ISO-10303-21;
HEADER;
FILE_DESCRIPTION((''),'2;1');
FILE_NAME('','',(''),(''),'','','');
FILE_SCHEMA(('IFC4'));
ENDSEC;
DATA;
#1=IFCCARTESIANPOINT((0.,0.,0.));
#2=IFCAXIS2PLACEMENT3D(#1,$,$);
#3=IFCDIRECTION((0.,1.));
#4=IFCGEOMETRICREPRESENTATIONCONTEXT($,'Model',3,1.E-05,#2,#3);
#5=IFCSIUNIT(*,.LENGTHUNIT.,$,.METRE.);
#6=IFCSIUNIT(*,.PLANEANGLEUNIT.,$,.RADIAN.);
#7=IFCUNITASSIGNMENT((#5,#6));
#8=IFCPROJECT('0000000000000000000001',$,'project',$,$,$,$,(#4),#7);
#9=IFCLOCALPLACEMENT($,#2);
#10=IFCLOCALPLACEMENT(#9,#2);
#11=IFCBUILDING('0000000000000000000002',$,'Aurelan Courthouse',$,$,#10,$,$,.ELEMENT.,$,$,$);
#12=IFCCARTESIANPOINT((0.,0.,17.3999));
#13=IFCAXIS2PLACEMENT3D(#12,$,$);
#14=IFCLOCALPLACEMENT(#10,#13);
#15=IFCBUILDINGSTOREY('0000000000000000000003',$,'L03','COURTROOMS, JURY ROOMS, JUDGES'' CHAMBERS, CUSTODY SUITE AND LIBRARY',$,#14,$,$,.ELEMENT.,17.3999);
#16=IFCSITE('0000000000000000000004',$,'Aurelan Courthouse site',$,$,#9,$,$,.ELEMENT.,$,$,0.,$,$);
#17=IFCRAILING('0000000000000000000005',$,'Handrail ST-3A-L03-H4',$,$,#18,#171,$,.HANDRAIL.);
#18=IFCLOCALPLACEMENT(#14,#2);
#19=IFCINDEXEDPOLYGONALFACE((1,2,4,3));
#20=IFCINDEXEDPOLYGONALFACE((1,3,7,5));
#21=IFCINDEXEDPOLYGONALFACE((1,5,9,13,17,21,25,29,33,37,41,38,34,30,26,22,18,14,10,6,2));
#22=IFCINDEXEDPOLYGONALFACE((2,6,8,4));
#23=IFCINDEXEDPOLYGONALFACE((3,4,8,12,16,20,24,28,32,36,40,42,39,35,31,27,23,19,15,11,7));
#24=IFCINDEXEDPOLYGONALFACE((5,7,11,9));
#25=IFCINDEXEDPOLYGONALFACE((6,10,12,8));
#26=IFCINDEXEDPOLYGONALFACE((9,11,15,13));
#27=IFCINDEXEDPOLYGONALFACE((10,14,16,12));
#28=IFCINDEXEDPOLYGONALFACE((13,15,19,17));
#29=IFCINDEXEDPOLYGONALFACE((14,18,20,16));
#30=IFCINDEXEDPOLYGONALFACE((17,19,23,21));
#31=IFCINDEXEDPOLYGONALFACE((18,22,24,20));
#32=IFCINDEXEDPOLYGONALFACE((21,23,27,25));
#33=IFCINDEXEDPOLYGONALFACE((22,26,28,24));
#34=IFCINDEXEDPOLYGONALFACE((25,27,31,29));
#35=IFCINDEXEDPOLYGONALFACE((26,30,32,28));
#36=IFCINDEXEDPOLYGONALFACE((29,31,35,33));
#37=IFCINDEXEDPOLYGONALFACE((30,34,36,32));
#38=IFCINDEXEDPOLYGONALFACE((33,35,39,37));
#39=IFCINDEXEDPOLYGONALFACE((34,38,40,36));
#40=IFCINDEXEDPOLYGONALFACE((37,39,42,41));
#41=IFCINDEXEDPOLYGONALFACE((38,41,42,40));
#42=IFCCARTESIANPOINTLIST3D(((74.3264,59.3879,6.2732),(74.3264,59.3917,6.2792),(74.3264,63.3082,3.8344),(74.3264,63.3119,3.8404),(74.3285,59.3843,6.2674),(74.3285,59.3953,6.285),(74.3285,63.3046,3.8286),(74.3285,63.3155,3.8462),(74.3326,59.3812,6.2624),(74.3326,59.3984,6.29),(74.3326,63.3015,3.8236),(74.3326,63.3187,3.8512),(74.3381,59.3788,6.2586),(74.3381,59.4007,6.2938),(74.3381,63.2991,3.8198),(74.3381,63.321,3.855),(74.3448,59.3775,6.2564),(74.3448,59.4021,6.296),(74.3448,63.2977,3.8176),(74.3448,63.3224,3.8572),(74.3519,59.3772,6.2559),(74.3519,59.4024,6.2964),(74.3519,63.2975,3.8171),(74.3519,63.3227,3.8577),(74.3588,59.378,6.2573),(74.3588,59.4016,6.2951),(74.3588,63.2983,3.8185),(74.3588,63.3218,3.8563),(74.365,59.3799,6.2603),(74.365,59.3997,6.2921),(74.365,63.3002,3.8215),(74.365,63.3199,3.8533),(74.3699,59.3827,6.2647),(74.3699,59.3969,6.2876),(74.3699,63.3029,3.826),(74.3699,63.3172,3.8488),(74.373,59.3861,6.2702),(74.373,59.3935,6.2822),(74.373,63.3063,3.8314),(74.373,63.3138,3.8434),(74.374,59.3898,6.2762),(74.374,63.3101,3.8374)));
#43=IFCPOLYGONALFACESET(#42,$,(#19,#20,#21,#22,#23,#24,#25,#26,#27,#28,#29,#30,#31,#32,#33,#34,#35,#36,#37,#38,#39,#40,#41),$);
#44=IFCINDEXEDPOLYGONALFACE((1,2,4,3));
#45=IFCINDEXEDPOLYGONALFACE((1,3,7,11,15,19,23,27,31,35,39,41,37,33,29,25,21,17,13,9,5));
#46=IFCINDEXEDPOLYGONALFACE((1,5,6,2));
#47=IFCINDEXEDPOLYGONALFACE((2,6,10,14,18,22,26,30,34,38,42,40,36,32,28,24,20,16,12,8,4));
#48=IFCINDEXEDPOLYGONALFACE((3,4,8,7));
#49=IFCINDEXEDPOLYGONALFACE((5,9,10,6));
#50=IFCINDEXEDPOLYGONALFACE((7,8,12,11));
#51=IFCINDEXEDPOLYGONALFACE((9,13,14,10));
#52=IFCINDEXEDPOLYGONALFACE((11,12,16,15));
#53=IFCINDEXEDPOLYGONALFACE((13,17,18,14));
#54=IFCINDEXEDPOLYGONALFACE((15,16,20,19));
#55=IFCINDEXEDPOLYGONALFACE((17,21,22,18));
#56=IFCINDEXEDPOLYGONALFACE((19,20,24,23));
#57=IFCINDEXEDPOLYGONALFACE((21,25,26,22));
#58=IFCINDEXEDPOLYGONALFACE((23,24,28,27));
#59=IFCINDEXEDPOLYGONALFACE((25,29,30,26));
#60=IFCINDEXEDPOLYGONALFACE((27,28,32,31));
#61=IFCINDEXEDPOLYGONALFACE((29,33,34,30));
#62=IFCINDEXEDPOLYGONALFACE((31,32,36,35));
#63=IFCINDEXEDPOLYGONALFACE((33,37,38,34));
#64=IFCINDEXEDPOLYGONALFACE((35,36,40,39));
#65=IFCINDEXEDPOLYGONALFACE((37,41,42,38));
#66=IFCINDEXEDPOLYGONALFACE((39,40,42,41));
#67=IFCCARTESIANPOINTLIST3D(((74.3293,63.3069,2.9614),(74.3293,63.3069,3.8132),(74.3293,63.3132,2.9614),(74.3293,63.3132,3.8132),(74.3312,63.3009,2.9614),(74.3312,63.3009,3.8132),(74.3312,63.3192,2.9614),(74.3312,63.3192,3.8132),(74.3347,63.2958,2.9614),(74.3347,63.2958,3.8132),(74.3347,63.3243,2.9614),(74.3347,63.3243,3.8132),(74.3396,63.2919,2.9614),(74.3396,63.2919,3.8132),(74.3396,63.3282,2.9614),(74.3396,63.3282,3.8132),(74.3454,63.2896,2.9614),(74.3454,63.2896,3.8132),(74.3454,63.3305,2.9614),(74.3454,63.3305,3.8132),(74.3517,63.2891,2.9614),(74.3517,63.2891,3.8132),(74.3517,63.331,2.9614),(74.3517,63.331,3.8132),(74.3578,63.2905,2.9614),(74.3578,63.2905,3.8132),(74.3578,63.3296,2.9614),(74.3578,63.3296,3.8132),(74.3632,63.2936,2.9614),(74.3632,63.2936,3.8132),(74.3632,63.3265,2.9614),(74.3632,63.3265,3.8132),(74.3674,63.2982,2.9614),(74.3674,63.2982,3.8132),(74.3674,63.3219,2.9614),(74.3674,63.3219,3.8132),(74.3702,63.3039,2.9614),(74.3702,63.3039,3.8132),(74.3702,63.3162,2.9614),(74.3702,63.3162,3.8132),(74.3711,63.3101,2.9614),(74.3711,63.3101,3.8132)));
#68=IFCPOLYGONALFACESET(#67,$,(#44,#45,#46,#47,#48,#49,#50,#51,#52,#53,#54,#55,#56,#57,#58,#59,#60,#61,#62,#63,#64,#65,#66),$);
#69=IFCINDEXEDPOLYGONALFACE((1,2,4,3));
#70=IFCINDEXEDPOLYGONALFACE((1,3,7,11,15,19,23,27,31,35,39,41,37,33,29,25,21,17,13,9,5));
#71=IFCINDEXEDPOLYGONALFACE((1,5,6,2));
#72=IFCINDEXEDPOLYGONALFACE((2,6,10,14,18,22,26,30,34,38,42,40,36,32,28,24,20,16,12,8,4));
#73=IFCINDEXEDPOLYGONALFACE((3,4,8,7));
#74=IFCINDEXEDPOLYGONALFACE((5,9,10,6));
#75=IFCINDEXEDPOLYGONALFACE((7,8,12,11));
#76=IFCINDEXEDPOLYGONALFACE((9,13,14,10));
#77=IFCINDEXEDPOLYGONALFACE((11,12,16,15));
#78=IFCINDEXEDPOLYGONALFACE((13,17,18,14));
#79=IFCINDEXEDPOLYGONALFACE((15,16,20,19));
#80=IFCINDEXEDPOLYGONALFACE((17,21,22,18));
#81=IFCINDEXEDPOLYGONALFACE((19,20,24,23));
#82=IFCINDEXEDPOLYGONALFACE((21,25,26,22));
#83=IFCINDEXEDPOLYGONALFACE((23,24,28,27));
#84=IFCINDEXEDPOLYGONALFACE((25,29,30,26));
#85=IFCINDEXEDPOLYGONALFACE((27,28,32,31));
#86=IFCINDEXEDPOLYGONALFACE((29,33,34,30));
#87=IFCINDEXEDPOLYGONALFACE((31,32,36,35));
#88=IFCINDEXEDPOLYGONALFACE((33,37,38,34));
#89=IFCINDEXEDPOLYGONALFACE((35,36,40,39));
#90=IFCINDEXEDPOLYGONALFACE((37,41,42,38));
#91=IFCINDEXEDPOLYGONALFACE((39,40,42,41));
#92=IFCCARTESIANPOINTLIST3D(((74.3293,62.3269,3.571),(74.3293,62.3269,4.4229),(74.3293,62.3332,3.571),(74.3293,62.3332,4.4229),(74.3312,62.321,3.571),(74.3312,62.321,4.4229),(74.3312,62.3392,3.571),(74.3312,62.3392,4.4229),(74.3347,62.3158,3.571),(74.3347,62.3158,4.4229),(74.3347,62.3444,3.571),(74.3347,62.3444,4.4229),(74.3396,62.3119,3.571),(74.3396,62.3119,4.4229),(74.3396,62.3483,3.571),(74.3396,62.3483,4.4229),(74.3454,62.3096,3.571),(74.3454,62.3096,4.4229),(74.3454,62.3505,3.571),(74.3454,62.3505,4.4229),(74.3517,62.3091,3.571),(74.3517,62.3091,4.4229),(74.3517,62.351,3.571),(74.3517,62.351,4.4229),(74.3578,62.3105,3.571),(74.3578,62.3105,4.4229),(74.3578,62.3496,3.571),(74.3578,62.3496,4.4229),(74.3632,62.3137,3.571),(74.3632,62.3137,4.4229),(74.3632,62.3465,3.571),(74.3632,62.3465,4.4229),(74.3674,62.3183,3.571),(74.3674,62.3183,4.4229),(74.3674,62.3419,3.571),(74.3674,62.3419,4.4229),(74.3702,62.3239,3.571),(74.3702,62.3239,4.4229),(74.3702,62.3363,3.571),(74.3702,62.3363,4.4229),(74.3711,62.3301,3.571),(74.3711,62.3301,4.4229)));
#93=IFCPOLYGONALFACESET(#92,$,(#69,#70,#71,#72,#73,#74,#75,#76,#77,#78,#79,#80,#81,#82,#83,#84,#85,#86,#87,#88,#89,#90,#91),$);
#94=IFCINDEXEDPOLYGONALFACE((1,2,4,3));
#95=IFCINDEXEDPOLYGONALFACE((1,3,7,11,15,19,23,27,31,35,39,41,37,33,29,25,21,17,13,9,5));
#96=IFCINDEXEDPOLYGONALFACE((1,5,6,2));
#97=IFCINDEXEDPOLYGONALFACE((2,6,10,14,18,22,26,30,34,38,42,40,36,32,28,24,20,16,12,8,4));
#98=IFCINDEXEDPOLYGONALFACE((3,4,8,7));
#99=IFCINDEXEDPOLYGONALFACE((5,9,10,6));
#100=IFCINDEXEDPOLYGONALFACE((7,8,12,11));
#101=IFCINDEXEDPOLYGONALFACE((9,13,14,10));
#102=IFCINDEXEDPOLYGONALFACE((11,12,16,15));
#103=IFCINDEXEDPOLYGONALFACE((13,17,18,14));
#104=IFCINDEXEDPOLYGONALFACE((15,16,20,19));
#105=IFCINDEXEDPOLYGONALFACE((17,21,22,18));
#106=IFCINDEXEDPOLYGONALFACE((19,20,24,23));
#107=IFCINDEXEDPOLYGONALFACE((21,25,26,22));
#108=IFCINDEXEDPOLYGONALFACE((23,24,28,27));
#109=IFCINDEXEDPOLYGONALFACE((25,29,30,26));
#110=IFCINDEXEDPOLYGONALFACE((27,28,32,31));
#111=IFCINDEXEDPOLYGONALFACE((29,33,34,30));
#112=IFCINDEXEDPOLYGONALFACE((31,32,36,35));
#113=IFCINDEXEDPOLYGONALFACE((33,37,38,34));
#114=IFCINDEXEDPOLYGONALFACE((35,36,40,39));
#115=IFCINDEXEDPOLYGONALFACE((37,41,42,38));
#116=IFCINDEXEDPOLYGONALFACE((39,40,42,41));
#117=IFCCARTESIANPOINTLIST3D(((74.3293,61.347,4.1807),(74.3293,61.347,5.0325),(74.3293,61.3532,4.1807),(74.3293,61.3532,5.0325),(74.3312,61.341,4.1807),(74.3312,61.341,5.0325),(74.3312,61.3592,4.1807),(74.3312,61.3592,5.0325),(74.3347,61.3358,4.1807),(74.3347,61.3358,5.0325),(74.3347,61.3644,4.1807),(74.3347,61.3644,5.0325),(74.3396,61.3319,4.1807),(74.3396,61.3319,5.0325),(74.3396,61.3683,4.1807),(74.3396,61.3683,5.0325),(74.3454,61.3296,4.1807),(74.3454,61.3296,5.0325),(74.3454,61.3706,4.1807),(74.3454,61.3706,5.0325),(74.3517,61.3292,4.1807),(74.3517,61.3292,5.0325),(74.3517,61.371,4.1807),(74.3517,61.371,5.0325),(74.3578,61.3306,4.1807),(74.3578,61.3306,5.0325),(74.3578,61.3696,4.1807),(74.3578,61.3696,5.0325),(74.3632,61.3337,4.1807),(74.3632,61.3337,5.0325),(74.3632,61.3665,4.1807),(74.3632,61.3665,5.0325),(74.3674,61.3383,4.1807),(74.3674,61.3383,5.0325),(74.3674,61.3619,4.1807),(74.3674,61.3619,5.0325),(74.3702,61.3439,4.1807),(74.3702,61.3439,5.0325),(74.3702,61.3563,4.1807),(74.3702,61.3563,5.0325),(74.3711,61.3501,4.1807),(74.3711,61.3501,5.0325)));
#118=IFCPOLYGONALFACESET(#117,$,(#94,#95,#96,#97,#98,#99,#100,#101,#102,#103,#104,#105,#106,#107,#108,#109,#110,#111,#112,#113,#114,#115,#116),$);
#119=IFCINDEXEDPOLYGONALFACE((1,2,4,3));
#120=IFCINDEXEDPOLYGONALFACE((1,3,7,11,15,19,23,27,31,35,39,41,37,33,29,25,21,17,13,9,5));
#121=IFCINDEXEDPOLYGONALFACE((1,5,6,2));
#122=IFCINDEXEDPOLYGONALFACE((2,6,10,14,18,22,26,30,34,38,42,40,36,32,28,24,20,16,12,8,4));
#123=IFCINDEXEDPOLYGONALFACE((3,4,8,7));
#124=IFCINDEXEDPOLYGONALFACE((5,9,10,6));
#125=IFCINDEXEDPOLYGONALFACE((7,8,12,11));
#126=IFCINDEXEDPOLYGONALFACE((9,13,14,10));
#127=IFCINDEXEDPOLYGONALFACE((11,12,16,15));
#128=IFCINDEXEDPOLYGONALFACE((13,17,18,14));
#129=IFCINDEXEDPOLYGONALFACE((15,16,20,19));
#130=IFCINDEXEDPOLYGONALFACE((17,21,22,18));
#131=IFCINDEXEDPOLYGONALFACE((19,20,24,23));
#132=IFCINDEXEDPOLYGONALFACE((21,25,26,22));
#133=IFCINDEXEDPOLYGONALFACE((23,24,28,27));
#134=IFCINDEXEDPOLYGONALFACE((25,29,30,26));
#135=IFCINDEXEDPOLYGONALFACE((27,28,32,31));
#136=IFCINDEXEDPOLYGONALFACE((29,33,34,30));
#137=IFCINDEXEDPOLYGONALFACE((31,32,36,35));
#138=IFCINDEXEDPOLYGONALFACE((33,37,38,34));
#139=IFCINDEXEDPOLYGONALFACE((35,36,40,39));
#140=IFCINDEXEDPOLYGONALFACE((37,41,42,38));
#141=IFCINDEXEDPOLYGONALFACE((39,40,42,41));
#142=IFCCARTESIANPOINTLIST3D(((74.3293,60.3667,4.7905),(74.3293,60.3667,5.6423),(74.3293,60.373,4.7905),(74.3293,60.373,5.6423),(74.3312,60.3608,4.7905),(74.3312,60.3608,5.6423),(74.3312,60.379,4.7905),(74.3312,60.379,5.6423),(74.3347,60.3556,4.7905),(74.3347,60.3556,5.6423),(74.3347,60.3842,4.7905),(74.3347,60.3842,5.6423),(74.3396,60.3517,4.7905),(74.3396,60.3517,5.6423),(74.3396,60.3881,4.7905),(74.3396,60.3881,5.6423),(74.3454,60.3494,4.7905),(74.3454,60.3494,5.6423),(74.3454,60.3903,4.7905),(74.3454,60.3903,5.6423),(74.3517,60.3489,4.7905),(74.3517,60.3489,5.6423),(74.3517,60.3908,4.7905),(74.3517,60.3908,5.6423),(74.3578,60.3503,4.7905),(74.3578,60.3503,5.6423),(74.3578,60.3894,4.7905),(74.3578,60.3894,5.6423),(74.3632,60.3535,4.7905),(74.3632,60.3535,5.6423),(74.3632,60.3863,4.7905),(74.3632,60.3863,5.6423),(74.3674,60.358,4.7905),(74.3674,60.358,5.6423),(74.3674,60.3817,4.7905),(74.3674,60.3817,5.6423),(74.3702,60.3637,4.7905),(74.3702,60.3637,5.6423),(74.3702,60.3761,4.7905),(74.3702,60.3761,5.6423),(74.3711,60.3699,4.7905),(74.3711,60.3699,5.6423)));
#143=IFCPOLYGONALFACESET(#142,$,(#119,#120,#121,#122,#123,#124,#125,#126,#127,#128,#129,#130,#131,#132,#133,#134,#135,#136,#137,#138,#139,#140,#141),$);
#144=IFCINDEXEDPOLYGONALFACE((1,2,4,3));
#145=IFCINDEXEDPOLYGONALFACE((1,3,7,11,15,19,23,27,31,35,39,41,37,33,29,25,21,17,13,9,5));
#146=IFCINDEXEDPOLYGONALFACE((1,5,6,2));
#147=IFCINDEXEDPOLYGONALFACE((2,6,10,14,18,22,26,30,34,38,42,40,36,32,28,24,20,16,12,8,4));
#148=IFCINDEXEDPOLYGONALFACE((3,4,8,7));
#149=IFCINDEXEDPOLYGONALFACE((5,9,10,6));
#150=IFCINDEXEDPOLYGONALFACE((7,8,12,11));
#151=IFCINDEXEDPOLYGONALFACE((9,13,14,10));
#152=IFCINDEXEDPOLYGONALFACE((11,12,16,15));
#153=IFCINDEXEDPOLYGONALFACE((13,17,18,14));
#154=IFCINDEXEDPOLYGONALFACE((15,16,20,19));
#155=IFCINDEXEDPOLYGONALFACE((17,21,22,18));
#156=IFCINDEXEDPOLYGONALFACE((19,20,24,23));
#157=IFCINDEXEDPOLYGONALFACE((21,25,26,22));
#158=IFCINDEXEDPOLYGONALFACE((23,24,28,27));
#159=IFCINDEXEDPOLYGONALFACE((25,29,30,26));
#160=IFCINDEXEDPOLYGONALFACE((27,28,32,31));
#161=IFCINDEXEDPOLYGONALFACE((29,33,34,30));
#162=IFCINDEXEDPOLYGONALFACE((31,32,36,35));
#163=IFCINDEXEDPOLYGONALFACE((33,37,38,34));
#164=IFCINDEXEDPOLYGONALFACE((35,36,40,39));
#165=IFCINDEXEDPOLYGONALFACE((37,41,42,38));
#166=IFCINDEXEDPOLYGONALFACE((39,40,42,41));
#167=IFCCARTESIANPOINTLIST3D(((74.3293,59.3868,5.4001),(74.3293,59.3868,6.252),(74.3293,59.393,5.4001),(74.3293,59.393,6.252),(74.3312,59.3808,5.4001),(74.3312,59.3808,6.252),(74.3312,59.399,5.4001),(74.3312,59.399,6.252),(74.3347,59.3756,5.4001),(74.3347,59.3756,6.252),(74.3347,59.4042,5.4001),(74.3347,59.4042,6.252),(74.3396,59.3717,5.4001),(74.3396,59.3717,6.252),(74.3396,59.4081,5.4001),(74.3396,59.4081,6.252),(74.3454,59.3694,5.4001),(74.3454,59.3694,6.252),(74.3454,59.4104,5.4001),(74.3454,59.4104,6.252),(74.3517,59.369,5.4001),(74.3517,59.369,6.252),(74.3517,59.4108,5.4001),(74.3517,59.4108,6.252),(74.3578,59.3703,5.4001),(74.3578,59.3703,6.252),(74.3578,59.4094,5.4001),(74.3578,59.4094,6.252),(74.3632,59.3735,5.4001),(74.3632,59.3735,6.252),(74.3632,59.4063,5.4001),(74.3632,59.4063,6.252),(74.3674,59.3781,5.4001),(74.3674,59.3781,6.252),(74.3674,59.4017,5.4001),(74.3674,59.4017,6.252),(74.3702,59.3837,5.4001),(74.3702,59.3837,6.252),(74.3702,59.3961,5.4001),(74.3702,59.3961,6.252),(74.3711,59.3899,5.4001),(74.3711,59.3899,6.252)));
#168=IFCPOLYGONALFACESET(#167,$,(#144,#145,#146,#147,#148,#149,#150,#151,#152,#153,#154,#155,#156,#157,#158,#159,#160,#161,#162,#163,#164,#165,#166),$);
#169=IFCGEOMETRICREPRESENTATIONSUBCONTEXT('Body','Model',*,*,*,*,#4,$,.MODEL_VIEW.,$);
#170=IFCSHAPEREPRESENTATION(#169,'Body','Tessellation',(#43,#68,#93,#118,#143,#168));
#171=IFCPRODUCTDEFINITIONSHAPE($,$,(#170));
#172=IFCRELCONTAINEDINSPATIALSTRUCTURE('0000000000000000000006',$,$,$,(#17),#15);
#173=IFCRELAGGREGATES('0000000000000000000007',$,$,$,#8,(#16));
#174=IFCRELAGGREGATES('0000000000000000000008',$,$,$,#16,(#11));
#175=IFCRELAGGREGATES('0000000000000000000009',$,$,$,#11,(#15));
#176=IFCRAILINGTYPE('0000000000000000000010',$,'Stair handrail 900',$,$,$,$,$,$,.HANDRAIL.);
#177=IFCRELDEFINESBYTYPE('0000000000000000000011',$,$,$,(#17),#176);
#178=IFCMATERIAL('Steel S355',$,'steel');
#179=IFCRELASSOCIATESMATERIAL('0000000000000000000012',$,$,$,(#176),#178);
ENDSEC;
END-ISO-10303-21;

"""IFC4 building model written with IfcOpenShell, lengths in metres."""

from ifc_helpers import new_model, si_unit, direction, frame, origin, origin_2d, place, context, subcontext, project, spatial, circle, extrude, material, type_object, element, save


model = new_model("IFC4")

# Units and contexts
model_context = context("Model", 3, precision=1e-05, world=origin(), true_north=direction((0.0, 1.0)))
body_context = subcontext(model_context, "Body", "Model", "MODEL_VIEW")
ifc_project = project(units=[si_unit("LENGTHUNIT", "METRE"), si_unit("PLANEANGLEUNIT", "RADIAN")], contexts=[model_context])

# Site, building, storey
site_placement = place(None, origin())
site = spatial("IfcSite", under=ifc_project, at=site_placement, Name="Aurelan Courthouse site", CompositionType="ELEMENT", RefElevation=0.0)
building_placement = place(site_placement, origin())
building = spatial("IfcBuilding", under=site, at=building_placement, Name="Aurelan Courthouse", CompositionType="ELEMENT")
storey_placement = place(building_placement, frame((0.0, 0.0, 17.3999)))
storey = spatial("IfcBuildingStorey", under=building, at=storey_placement, Name="L03", Description="COURTROOMS, JURY ROOMS, JUDGES' CHAMBERS, CUSTODY SUITE AND LIBRARY", CompositionType="ELEMENT", Elevation=17.3999)

# Railing
ifc_material_1 = material(Name="Steel S355", Category="steel")
railing_type_1 = type_object("IfcRailingType", Name="Stair handrail 900", PredefinedType="HANDRAIL", material=ifc_material_1)
for number, where, name in (
    (1, (74.3501, 63.3101, 2.9614), "Handrail ST-3A-L03-H4"),
):
    element("IfcRailing", number, at=place(storey_placement, frame(where)), inside=storey, type_object=railing_type_1, Name=name, PredefinedType="HANDRAIL", context=body_context, shape_type="SweptSolid", body=[
        extrude(circle(Radius=0.0239, at=origin_2d()), frame((0.0, 0.0, 0.876), z_axis=(0.0, -0.849105, 0.528225), x_axis=(1.0, 0.0, 0.0)), (0.0, 0.0, 1.0), 4.6169),
        extrude(circle(Radius=0.021, at=origin_2d()), origin(), (0.0, 0.0, 1.0), 0.8518),
        extrude(circle(Radius=0.021, at=origin_2d()), frame((0.0, -0.98, 0.6096)), (0.0, 0.0, 1.0), 0.8518),
        extrude(circle(Radius=0.021, at=origin_2d()), frame((0.0, -1.96, 1.2192)), (0.0, 0.0, 1.0), 0.8518),
        extrude(circle(Radius=0.021, at=origin_2d()), frame((0.0, -2.9402, 1.8291)), (0.0, 0.0, 1.0), 0.8518),
        extrude(circle(Radius=0.021, at=origin_2d()), frame((0.0, -3.9202, 2.4387)), (0.0, 0.0, 1.0), 0.8518),
    ])

save(model, "model.ifc")
